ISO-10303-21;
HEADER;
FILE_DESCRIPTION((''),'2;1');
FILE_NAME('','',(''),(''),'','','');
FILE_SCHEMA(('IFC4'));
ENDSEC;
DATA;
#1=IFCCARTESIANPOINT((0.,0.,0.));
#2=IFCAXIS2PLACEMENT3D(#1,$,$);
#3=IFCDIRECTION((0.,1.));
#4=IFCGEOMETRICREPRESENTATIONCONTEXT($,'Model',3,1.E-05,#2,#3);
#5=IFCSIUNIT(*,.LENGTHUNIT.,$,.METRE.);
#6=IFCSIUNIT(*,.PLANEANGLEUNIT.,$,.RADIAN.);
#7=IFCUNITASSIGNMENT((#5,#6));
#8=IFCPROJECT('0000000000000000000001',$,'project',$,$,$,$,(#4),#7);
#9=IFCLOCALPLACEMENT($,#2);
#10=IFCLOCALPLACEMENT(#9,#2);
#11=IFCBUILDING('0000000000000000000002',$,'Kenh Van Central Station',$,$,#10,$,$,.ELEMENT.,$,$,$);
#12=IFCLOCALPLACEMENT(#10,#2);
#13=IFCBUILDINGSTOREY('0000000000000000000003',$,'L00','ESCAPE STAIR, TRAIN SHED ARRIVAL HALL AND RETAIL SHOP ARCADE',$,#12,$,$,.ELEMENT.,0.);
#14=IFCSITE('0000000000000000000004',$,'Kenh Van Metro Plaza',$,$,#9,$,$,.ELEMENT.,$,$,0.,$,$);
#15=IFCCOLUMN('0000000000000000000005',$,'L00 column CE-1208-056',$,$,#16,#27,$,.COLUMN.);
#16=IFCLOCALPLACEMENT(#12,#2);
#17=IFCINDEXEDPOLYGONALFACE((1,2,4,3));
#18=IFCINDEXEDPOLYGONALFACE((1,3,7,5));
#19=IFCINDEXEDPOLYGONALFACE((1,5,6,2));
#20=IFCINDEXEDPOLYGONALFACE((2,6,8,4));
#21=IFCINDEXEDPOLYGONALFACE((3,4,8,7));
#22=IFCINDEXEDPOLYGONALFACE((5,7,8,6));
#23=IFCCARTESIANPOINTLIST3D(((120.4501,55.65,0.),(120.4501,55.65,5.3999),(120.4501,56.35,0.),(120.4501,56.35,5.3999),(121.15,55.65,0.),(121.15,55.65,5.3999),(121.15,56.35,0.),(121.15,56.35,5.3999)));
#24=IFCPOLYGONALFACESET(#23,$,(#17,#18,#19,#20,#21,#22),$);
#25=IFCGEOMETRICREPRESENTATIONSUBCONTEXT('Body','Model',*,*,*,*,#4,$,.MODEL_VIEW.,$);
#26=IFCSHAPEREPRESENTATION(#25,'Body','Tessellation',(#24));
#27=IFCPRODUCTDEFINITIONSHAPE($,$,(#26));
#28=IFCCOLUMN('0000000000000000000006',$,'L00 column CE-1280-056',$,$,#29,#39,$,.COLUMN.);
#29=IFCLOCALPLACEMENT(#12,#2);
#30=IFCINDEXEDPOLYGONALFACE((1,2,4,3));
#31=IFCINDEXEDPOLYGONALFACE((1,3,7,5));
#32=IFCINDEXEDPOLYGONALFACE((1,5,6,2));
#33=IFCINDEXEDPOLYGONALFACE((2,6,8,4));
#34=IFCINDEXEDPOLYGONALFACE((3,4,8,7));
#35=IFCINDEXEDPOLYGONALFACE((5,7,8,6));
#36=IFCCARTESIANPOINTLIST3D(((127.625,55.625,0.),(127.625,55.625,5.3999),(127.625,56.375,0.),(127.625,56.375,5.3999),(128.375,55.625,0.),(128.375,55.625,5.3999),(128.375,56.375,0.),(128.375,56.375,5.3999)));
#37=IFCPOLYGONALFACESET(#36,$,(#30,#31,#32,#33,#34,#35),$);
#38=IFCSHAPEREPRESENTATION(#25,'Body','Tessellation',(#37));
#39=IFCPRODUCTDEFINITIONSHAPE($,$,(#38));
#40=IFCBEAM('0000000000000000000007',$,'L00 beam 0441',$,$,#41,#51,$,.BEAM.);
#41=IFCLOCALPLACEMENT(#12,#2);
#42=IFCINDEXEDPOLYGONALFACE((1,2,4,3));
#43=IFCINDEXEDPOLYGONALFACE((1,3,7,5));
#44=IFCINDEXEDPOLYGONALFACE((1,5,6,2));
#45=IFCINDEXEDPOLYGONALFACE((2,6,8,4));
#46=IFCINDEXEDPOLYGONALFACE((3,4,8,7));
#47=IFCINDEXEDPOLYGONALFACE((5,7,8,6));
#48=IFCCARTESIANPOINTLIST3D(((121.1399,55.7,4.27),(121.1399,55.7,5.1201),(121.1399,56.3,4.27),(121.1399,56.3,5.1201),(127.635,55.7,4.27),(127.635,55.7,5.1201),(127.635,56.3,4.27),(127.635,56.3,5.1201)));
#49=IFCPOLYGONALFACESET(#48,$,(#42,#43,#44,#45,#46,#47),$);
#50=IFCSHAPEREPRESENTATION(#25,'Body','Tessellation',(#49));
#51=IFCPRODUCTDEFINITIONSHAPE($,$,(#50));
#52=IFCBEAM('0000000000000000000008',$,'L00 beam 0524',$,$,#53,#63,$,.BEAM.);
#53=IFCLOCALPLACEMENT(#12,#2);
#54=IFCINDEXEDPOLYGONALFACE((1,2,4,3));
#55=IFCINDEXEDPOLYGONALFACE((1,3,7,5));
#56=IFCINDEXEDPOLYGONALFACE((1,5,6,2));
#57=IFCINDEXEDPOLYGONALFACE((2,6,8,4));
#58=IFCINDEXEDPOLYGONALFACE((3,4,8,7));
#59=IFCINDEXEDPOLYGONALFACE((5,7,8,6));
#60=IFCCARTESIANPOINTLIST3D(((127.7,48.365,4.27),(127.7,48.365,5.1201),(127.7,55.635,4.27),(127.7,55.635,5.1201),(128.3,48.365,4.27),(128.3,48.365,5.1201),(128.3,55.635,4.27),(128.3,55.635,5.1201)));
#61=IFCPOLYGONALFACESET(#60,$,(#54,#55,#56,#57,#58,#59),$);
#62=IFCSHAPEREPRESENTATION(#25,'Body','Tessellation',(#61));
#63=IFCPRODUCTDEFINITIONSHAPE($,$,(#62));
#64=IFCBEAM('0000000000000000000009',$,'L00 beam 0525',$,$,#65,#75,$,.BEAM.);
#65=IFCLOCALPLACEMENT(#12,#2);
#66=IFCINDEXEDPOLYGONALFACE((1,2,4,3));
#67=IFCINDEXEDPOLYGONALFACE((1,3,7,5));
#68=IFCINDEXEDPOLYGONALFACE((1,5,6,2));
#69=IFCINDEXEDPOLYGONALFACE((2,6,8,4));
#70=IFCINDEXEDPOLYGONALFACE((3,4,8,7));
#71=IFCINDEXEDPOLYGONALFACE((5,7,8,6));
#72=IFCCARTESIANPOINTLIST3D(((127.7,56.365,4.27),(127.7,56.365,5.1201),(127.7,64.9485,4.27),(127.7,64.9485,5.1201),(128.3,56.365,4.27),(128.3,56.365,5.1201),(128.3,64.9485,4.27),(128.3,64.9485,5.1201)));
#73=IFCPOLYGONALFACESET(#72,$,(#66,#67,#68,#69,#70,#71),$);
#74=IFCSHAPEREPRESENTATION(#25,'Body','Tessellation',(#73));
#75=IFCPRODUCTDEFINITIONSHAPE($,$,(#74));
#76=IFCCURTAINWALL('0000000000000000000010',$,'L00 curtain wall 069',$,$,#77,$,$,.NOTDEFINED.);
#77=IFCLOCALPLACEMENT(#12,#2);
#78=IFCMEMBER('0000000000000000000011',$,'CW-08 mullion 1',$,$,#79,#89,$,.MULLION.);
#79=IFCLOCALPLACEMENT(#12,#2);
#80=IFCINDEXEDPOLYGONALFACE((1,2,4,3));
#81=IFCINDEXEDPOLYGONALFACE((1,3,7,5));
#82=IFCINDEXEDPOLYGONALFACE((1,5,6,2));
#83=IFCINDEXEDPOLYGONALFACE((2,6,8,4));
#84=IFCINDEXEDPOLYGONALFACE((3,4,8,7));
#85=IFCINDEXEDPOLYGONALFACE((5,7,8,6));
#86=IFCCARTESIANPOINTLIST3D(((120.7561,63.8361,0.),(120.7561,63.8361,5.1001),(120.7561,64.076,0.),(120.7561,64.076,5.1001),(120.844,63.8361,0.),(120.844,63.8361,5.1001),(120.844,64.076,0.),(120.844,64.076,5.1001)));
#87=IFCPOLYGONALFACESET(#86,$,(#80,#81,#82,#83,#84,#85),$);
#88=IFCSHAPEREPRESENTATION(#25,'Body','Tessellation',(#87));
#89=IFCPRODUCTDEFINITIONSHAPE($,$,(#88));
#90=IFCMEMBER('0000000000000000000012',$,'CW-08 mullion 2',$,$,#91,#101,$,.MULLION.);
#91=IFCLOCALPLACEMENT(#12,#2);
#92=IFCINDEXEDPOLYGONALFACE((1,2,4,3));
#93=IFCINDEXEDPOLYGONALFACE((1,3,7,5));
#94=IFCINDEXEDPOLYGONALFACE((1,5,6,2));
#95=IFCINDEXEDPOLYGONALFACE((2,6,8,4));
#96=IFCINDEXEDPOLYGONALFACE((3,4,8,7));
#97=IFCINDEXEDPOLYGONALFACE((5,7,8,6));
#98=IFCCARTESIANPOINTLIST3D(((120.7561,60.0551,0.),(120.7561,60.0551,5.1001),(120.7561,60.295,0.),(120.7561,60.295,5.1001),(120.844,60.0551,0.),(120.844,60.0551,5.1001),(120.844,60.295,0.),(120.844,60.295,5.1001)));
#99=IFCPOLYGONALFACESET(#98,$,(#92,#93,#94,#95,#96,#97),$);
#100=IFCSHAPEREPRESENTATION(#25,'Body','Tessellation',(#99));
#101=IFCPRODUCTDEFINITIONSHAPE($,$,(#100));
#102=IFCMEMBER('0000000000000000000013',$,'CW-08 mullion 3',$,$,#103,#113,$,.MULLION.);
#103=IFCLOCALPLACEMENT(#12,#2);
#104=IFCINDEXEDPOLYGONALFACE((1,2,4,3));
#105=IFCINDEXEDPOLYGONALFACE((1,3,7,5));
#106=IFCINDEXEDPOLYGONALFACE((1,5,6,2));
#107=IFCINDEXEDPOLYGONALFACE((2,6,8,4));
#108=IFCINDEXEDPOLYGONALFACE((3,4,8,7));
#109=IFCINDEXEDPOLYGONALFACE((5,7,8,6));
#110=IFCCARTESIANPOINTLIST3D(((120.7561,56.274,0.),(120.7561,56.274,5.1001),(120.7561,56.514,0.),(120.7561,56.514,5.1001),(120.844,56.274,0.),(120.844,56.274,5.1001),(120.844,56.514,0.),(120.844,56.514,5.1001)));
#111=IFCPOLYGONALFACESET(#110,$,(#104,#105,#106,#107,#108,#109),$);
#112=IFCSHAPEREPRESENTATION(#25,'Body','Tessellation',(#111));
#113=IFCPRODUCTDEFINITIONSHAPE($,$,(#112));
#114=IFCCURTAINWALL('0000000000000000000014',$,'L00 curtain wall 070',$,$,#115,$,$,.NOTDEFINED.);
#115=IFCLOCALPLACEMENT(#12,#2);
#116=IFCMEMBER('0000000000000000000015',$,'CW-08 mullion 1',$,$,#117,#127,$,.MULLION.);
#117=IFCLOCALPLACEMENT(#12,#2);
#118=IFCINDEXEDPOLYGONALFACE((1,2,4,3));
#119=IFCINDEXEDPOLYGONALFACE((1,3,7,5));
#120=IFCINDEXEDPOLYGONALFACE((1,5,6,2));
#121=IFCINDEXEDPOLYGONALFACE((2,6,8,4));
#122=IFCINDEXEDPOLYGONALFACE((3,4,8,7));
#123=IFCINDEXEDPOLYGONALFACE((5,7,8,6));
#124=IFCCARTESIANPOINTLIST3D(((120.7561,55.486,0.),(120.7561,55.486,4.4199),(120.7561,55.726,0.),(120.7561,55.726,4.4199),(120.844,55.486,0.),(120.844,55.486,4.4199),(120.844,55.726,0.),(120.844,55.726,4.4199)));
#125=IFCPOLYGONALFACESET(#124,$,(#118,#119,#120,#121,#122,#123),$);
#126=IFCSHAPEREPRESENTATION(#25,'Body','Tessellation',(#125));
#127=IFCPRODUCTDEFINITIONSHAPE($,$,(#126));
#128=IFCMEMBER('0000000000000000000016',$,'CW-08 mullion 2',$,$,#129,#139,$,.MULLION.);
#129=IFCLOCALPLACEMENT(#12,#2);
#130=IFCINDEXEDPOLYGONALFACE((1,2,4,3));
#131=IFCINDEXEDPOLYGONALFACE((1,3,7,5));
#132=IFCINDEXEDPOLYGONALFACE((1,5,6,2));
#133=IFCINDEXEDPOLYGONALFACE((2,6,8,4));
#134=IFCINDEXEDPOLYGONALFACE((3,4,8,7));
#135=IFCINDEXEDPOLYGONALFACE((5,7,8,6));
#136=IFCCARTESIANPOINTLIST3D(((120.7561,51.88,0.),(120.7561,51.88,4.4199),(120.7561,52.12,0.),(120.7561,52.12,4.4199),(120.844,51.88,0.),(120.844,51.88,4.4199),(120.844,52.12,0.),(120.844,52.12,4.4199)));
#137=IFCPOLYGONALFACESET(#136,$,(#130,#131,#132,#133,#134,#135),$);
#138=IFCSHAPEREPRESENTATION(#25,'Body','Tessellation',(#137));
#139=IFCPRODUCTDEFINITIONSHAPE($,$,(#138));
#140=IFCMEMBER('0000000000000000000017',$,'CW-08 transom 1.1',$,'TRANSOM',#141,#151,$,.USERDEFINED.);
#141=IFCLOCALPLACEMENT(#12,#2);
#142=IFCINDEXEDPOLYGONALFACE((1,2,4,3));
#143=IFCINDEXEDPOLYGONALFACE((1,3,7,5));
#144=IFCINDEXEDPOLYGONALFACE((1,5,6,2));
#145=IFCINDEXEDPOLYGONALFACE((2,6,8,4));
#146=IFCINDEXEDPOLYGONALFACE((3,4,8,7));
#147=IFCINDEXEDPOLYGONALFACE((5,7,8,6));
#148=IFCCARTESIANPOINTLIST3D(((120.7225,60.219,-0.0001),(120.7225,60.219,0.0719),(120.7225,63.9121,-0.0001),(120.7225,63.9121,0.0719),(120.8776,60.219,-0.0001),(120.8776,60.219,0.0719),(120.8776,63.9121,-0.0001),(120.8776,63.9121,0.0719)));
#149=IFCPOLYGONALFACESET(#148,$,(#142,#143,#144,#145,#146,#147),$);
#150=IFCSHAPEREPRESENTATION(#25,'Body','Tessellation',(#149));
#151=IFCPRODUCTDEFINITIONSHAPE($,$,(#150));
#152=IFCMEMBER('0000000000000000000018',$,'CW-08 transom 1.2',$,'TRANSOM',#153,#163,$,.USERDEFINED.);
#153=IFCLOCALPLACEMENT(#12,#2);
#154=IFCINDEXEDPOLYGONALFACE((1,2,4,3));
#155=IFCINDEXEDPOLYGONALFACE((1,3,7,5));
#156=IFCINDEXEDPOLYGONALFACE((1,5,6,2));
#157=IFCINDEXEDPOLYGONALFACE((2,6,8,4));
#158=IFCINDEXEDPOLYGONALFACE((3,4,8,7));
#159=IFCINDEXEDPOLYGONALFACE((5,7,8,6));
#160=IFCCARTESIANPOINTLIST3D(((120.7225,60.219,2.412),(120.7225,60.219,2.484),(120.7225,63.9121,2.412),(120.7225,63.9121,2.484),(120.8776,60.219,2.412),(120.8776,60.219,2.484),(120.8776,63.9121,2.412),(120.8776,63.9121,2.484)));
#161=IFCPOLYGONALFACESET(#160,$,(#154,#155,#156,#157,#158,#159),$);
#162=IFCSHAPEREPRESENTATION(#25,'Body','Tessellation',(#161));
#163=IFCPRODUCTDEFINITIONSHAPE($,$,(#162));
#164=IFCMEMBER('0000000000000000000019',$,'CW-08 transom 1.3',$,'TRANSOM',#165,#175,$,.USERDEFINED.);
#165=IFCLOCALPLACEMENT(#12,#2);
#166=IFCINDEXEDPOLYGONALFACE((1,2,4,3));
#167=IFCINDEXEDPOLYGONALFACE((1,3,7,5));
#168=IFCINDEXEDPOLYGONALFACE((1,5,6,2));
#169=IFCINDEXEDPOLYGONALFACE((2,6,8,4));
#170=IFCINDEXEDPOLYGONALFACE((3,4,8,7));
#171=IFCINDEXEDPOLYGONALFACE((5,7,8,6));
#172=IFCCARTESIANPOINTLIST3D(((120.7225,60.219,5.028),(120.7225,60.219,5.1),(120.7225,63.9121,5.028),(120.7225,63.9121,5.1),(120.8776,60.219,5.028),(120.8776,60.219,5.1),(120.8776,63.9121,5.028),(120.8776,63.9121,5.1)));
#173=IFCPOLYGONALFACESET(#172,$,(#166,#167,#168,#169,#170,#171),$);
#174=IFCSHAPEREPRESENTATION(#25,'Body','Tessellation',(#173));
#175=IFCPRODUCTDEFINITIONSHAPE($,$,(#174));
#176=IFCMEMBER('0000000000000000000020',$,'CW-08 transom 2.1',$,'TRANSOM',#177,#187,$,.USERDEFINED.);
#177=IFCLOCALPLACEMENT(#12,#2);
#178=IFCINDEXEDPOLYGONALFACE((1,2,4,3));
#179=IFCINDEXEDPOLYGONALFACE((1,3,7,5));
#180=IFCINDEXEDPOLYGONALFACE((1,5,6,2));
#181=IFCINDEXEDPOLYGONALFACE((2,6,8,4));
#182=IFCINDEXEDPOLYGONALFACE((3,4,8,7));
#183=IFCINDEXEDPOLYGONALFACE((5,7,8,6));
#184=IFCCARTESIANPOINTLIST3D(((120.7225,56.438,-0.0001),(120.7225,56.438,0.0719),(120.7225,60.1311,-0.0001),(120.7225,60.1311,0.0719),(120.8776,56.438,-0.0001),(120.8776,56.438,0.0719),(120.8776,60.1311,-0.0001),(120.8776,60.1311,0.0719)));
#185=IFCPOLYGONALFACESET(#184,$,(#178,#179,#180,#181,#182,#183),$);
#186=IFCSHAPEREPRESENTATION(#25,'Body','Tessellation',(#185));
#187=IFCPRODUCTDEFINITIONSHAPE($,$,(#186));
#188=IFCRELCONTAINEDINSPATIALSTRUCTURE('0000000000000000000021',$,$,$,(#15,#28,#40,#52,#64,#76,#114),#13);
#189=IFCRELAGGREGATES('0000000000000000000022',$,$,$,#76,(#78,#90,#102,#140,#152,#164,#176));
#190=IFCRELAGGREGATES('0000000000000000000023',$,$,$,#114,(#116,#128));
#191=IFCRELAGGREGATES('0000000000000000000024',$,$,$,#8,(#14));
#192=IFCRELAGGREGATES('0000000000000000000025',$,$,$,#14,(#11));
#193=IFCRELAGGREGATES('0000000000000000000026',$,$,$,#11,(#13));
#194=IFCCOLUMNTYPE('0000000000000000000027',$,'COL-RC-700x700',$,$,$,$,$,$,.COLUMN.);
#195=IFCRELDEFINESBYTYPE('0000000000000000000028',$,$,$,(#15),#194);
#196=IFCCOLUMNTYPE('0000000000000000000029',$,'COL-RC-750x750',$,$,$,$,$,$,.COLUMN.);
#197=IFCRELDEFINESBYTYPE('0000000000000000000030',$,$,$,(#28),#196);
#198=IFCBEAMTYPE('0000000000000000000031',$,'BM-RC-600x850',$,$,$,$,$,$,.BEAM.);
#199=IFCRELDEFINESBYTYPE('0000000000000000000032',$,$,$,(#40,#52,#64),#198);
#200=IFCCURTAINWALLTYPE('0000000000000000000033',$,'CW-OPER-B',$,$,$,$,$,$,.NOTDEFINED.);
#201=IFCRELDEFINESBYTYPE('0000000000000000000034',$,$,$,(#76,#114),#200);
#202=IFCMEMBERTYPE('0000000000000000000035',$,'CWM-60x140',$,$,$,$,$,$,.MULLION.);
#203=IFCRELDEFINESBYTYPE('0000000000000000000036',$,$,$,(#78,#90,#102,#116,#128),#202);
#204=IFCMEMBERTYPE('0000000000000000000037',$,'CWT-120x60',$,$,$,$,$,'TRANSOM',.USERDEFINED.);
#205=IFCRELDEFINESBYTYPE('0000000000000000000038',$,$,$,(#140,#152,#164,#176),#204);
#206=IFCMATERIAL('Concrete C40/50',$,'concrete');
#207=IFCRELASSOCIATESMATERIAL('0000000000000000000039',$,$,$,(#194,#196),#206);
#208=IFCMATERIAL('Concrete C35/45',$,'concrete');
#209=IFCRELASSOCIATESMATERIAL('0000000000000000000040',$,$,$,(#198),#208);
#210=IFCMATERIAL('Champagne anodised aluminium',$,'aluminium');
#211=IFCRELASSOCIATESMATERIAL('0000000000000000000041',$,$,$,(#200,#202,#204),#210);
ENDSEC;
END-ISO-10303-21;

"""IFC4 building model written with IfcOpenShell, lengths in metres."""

from ifc_helpers import new_model, si_unit, direction, frame, origin, origin_2d, place, context, subcontext, project, spatial, rectangle, extrude, material, material_profile, profile_set, type_object, element, aggregate, save


model = new_model("IFC4")

# Units and contexts
model_context = context("Model", 3, precision=1e-05, world=origin(), true_north=direction((0.0, 1.0)))
body_context = subcontext(model_context, "Body", "Model", "MODEL_VIEW")
ifc_project = project(units=[si_unit("LENGTHUNIT", "METRE"), si_unit("PLANEANGLEUNIT", "RADIAN")], contexts=[model_context])

# Site, building, storey
site_placement = place(None, origin())
site = spatial("IfcSite", under=ifc_project, at=site_placement, Name="Kenh Van Metro Plaza", CompositionType="ELEMENT", RefElevation=0.0)
building_placement = place(site_placement, origin())
building = spatial("IfcBuilding", under=site, at=building_placement, Name="Kenh Van Central Station", CompositionType="ELEMENT")
storey_placement = place(building_placement, origin())
storey = spatial("IfcBuildingStorey", under=building, at=storey_placement, Name="L00", Description="ESCAPE STAIR, TRAIN SHED ARRIVAL HALL AND RETAIL SHOP ARCADE", CompositionType="ELEMENT", Elevation=0.0)

# Columns
ifc_material_1 = material(Name="Concrete C40/50", Category="concrete")
ifc_material_profile_1 = material_profile(ifc_material_1, rectangle(XDim=0.7, YDim=0.7, at=origin_2d()), Name="RC 700x700")
ifc_profile_set_1 = profile_set([ifc_material_profile_1], Name="Concrete C40/50")
column_type_1 = type_object("IfcColumnType", Name="COL-RC-700x700", PredefinedType="COLUMN", material=ifc_profile_set_1)
column_1_placement = place(storey_placement, frame((120.8, 56.0, 0.0), z_axis=(0.0, 0.0, 1.0), x_axis=(1.0, 0.0, 0.0)))
element("IfcColumn", 1, at=column_1_placement, inside=storey, type_object=column_type_1, Name="L00 column CE-1208-056", PredefinedType="COLUMN", context=body_context, shape_type="SweptSolid", body=[
    extrude(rectangle(XDim=0.7, YDim=0.7, at=origin_2d()), origin(), (0.0, 0.0, 1.0), 5.3999),
])
ifc_material_profile_2 = material_profile(ifc_material_1, rectangle(XDim=0.75, YDim=0.75, at=origin_2d()), Name="RC 750x750")
ifc_profile_set_2 = profile_set([ifc_material_profile_2], Name="Concrete C40/50")
column_type_2 = type_object("IfcColumnType", Name="COL-RC-750x750", PredefinedType="COLUMN", material=ifc_profile_set_2)
column_2_placement = place(storey_placement, frame((128.0, 56.0, 0.0), z_axis=(0.0, 0.0, 1.0), x_axis=(1.0, 0.0, 0.0)))
element("IfcColumn", 2, at=column_2_placement, inside=storey, type_object=column_type_2, Name="L00 column CE-1280-056", PredefinedType="COLUMN", context=body_context, shape_type="SweptSolid", body=[
    extrude(rectangle(XDim=0.75, YDim=0.75, at=origin_2d()), origin(), (0.0, 0.0, 1.0), 5.3999),
])

# Beams
ifc_material_2 = material(Name="Concrete C35/45", Category="concrete")
ifc_material_profile_3 = material_profile(ifc_material_2, rectangle(XDim=0.6001, YDim=0.8501, at=origin_2d()), Name="RC 600x850")
ifc_profile_set_3 = profile_set([ifc_material_profile_3], Name="Concrete C35/45")
beam_type = type_object("IfcBeamType", Name="BM-RC-600x850", PredefinedType="BEAM", material=ifc_profile_set_3)
beam_1_placement = place(storey_placement, frame((121.1399, 56.0, 4.6951), z_axis=(1.0, 0.0, 0.0), x_axis=(0.0, 1.0, 0.0)))
element("IfcBeam", 3, at=beam_1_placement, inside=storey, type_object=beam_type, Name="L00 beam 0441", PredefinedType="BEAM", context=body_context, shape_type="SweptSolid", body=[
    extrude(rectangle(XDim=0.6001, YDim=0.8501, at=origin_2d()), origin(), (0.0, 0.0, 1.0), 6.4951),
])
beam_2_placement = place(storey_placement, frame((128.0, 48.365, 4.6951), z_axis=(0.0, 1.0, 0.0), x_axis=(-1.0, 0.0, 0.0)))
element("IfcBeam", 4, at=beam_2_placement, inside=storey, type_object=beam_type, Name="L00 beam 0524", PredefinedType="BEAM", context=body_context, shape_type="SweptSolid", body=[
    extrude(rectangle(XDim=0.6001, YDim=0.8501, at=origin_2d()), origin(), (0.0, 0.0, 1.0), 7.27),
])
beam_3_placement = place(storey_placement, frame((128.0, 56.365, 4.6951), z_axis=(0.0, 1.0, 0.0), x_axis=(-1.0, 0.0, 0.0)))
element("IfcBeam", 5, at=beam_3_placement, inside=storey, type_object=beam_type, Name="L00 beam 0525", PredefinedType="BEAM", context=body_context, shape_type="SweptSolid", body=[
    extrude(rectangle(XDim=0.6001, YDim=0.8501, at=origin_2d()), origin(), (0.0, 0.0, 1.0), 8.5835),
])

# Curtain walls, members
ifc_material_3 = material(Name="Champagne anodised aluminium", Category="aluminium")
curtain_wall_type = type_object("IfcCurtainWallType", Name="CW-OPER-B", PredefinedType="NOTDEFINED", material=ifc_material_3)
curtain_wall_1_placement = place(storey_placement, origin())
curtain_wall_1 = element("IfcCurtainWall", 6, at=curtain_wall_1_placement, inside=storey, type_object=curtain_wall_type, Name="L00 curtain wall 069", PredefinedType="NOTDEFINED")
ifc_material_profile_4 = material_profile(ifc_material_3, rectangle(XDim=0.0879, YDim=0.24, at=origin_2d()), Name="AL 88x240")
ifc_profile_set_4 = profile_set([ifc_material_profile_4], Name="Champagne anodised aluminium")
member_type_1 = type_object("IfcMemberType", Name="CWM-60x140", PredefinedType="MULLION", material=ifc_profile_set_4)
member_1_placement = place(storey_placement, frame((120.8, 63.9561, 0.0), z_axis=(0.0, 0.0, 1.0), x_axis=(1.0, 0.0, 0.0)))
member_1 = element("IfcMember", 7, at=member_1_placement, type_object=member_type_1, Name="CW-08 mullion 1", PredefinedType="MULLION", context=body_context, shape_type="SweptSolid", body=[
    extrude(rectangle(XDim=0.0879, YDim=0.24, at=origin_2d()), origin(), (0.0, 0.0, 1.0), 5.1001),
])
member_2_placement = place(storey_placement, frame((120.8, 60.175, 0.0), z_axis=(0.0, 0.0, 1.0), x_axis=(1.0, 0.0, 0.0)))
member_2 = element("IfcMember", 8, at=member_2_placement, type_object=member_type_1, Name="CW-08 mullion 2", PredefinedType="MULLION", context=body_context, shape_type="SweptSolid", body=[
    extrude(rectangle(XDim=0.0879, YDim=0.24, at=origin_2d()), origin(), (0.0, 0.0, 1.0), 5.1001),
])
member_3_placement = place(storey_placement, frame((120.8, 56.394, 0.0), z_axis=(0.0, 0.0, 1.0), x_axis=(1.0, 0.0, 0.0)))
member_3 = element("IfcMember", 9, at=member_3_placement, type_object=member_type_1, Name="CW-08 mullion 3", PredefinedType="MULLION", context=body_context, shape_type="SweptSolid", body=[
    extrude(rectangle(XDim=0.0879, YDim=0.24, at=origin_2d()), origin(), (0.0, 0.0, 1.0), 5.1001),
])
curtain_wall_2_placement = place(storey_placement, origin())
curtain_wall_2 = element("IfcCurtainWall", 10, at=curtain_wall_2_placement, inside=storey, type_object=curtain_wall_type, Name="L00 curtain wall 070", PredefinedType="NOTDEFINED")
member_4_placement = place(storey_placement, frame((120.8, 55.606, 0.0), z_axis=(0.0, 0.0, 1.0), x_axis=(1.0, 0.0, 0.0)))
member_4 = element("IfcMember", 11, at=member_4_placement, type_object=member_type_1, Name="CW-08 mullion 1", PredefinedType="MULLION", context=body_context, shape_type="SweptSolid", body=[
    extrude(rectangle(XDim=0.0879, YDim=0.24, at=origin_2d()), origin(), (0.0, 0.0, 1.0), 4.4199),
])
member_5_placement = place(storey_placement, frame((120.8, 52.0, 0.0), z_axis=(0.0, 0.0, 1.0), x_axis=(1.0, 0.0, 0.0)))
member_5 = element("IfcMember", 12, at=member_5_placement, type_object=member_type_1, Name="CW-08 mullion 2", PredefinedType="MULLION", context=body_context, shape_type="SweptSolid", body=[
    extrude(rectangle(XDim=0.0879, YDim=0.24, at=origin_2d()), origin(), (0.0, 0.0, 1.0), 4.4199),
])

# Members
ifc_material_profile_5 = material_profile(ifc_material_3, rectangle(XDim=0.155, YDim=0.072, at=origin_2d()), Name="AL 155x72")
ifc_profile_set_5 = profile_set([ifc_material_profile_5], Name="Champagne anodised aluminium")
member_type_2 = type_object("IfcMemberType", Name="CWT-120x60", ElementType="TRANSOM", PredefinedType="USERDEFINED", material=ifc_profile_set_5)
member_6_placement = place(storey_placement, frame((120.8, 63.9121, 0.0359), z_axis=(0.0, -1.0, 0.0), x_axis=(1.0, 0.0, 0.0)))
member_6 = element("IfcMember", 13, at=member_6_placement, type_object=member_type_2, Name="CW-08 transom 1.1", ObjectType="TRANSOM", PredefinedType="USERDEFINED", context=body_context, shape_type="SweptSolid", body=[
    extrude(rectangle(XDim=0.155, YDim=0.072, at=origin_2d()), origin(), (0.0, 0.0, 1.0), 3.6931),
])
member_7_placement = place(storey_placement, frame((120.8, 63.9121, 2.448), z_axis=(0.0, -1.0, 0.0), x_axis=(1.0, 0.0, 0.0)))
member_7 = element("IfcMember", 14, at=member_7_placement, type_object=member_type_2, Name="CW-08 transom 1.2", ObjectType="TRANSOM", PredefinedType="USERDEFINED", context=body_context, shape_type="SweptSolid", body=[
    extrude(rectangle(XDim=0.155, YDim=0.072, at=origin_2d()), origin(), (0.0, 0.0, 1.0), 3.6931),
])
member_8_placement = place(storey_placement, frame((120.8, 63.9121, 5.064), z_axis=(0.0, -1.0, 0.0), x_axis=(1.0, 0.0, 0.0)))
member_8 = element("IfcMember", 15, at=member_8_placement, type_object=member_type_2, Name="CW-08 transom 1.3", ObjectType="TRANSOM", PredefinedType="USERDEFINED", context=body_context, shape_type="SweptSolid", body=[
    extrude(rectangle(XDim=0.155, YDim=0.072, at=origin_2d()), origin(), (0.0, 0.0, 1.0), 3.6931),
])
member_9_placement = place(storey_placement, frame((120.8, 60.1311, 0.0359), z_axis=(0.0, -1.0, 0.0), x_axis=(1.0, 0.0, 0.0)))
member_9 = element("IfcMember", 16, at=member_9_placement, type_object=member_type_2, Name="CW-08 transom 2.1", ObjectType="TRANSOM", PredefinedType="USERDEFINED", context=body_context, shape_type="SweptSolid", body=[
    extrude(rectangle(XDim=0.155, YDim=0.072, at=origin_2d()), origin(), (0.0, 0.0, 1.0), 3.6931),
])

aggregate(curtain_wall_1, [member_1, member_2, member_3, member_6, member_7, member_8, member_9])
aggregate(curtain_wall_2, [member_4, member_5])

save(model, "model.ifc")
